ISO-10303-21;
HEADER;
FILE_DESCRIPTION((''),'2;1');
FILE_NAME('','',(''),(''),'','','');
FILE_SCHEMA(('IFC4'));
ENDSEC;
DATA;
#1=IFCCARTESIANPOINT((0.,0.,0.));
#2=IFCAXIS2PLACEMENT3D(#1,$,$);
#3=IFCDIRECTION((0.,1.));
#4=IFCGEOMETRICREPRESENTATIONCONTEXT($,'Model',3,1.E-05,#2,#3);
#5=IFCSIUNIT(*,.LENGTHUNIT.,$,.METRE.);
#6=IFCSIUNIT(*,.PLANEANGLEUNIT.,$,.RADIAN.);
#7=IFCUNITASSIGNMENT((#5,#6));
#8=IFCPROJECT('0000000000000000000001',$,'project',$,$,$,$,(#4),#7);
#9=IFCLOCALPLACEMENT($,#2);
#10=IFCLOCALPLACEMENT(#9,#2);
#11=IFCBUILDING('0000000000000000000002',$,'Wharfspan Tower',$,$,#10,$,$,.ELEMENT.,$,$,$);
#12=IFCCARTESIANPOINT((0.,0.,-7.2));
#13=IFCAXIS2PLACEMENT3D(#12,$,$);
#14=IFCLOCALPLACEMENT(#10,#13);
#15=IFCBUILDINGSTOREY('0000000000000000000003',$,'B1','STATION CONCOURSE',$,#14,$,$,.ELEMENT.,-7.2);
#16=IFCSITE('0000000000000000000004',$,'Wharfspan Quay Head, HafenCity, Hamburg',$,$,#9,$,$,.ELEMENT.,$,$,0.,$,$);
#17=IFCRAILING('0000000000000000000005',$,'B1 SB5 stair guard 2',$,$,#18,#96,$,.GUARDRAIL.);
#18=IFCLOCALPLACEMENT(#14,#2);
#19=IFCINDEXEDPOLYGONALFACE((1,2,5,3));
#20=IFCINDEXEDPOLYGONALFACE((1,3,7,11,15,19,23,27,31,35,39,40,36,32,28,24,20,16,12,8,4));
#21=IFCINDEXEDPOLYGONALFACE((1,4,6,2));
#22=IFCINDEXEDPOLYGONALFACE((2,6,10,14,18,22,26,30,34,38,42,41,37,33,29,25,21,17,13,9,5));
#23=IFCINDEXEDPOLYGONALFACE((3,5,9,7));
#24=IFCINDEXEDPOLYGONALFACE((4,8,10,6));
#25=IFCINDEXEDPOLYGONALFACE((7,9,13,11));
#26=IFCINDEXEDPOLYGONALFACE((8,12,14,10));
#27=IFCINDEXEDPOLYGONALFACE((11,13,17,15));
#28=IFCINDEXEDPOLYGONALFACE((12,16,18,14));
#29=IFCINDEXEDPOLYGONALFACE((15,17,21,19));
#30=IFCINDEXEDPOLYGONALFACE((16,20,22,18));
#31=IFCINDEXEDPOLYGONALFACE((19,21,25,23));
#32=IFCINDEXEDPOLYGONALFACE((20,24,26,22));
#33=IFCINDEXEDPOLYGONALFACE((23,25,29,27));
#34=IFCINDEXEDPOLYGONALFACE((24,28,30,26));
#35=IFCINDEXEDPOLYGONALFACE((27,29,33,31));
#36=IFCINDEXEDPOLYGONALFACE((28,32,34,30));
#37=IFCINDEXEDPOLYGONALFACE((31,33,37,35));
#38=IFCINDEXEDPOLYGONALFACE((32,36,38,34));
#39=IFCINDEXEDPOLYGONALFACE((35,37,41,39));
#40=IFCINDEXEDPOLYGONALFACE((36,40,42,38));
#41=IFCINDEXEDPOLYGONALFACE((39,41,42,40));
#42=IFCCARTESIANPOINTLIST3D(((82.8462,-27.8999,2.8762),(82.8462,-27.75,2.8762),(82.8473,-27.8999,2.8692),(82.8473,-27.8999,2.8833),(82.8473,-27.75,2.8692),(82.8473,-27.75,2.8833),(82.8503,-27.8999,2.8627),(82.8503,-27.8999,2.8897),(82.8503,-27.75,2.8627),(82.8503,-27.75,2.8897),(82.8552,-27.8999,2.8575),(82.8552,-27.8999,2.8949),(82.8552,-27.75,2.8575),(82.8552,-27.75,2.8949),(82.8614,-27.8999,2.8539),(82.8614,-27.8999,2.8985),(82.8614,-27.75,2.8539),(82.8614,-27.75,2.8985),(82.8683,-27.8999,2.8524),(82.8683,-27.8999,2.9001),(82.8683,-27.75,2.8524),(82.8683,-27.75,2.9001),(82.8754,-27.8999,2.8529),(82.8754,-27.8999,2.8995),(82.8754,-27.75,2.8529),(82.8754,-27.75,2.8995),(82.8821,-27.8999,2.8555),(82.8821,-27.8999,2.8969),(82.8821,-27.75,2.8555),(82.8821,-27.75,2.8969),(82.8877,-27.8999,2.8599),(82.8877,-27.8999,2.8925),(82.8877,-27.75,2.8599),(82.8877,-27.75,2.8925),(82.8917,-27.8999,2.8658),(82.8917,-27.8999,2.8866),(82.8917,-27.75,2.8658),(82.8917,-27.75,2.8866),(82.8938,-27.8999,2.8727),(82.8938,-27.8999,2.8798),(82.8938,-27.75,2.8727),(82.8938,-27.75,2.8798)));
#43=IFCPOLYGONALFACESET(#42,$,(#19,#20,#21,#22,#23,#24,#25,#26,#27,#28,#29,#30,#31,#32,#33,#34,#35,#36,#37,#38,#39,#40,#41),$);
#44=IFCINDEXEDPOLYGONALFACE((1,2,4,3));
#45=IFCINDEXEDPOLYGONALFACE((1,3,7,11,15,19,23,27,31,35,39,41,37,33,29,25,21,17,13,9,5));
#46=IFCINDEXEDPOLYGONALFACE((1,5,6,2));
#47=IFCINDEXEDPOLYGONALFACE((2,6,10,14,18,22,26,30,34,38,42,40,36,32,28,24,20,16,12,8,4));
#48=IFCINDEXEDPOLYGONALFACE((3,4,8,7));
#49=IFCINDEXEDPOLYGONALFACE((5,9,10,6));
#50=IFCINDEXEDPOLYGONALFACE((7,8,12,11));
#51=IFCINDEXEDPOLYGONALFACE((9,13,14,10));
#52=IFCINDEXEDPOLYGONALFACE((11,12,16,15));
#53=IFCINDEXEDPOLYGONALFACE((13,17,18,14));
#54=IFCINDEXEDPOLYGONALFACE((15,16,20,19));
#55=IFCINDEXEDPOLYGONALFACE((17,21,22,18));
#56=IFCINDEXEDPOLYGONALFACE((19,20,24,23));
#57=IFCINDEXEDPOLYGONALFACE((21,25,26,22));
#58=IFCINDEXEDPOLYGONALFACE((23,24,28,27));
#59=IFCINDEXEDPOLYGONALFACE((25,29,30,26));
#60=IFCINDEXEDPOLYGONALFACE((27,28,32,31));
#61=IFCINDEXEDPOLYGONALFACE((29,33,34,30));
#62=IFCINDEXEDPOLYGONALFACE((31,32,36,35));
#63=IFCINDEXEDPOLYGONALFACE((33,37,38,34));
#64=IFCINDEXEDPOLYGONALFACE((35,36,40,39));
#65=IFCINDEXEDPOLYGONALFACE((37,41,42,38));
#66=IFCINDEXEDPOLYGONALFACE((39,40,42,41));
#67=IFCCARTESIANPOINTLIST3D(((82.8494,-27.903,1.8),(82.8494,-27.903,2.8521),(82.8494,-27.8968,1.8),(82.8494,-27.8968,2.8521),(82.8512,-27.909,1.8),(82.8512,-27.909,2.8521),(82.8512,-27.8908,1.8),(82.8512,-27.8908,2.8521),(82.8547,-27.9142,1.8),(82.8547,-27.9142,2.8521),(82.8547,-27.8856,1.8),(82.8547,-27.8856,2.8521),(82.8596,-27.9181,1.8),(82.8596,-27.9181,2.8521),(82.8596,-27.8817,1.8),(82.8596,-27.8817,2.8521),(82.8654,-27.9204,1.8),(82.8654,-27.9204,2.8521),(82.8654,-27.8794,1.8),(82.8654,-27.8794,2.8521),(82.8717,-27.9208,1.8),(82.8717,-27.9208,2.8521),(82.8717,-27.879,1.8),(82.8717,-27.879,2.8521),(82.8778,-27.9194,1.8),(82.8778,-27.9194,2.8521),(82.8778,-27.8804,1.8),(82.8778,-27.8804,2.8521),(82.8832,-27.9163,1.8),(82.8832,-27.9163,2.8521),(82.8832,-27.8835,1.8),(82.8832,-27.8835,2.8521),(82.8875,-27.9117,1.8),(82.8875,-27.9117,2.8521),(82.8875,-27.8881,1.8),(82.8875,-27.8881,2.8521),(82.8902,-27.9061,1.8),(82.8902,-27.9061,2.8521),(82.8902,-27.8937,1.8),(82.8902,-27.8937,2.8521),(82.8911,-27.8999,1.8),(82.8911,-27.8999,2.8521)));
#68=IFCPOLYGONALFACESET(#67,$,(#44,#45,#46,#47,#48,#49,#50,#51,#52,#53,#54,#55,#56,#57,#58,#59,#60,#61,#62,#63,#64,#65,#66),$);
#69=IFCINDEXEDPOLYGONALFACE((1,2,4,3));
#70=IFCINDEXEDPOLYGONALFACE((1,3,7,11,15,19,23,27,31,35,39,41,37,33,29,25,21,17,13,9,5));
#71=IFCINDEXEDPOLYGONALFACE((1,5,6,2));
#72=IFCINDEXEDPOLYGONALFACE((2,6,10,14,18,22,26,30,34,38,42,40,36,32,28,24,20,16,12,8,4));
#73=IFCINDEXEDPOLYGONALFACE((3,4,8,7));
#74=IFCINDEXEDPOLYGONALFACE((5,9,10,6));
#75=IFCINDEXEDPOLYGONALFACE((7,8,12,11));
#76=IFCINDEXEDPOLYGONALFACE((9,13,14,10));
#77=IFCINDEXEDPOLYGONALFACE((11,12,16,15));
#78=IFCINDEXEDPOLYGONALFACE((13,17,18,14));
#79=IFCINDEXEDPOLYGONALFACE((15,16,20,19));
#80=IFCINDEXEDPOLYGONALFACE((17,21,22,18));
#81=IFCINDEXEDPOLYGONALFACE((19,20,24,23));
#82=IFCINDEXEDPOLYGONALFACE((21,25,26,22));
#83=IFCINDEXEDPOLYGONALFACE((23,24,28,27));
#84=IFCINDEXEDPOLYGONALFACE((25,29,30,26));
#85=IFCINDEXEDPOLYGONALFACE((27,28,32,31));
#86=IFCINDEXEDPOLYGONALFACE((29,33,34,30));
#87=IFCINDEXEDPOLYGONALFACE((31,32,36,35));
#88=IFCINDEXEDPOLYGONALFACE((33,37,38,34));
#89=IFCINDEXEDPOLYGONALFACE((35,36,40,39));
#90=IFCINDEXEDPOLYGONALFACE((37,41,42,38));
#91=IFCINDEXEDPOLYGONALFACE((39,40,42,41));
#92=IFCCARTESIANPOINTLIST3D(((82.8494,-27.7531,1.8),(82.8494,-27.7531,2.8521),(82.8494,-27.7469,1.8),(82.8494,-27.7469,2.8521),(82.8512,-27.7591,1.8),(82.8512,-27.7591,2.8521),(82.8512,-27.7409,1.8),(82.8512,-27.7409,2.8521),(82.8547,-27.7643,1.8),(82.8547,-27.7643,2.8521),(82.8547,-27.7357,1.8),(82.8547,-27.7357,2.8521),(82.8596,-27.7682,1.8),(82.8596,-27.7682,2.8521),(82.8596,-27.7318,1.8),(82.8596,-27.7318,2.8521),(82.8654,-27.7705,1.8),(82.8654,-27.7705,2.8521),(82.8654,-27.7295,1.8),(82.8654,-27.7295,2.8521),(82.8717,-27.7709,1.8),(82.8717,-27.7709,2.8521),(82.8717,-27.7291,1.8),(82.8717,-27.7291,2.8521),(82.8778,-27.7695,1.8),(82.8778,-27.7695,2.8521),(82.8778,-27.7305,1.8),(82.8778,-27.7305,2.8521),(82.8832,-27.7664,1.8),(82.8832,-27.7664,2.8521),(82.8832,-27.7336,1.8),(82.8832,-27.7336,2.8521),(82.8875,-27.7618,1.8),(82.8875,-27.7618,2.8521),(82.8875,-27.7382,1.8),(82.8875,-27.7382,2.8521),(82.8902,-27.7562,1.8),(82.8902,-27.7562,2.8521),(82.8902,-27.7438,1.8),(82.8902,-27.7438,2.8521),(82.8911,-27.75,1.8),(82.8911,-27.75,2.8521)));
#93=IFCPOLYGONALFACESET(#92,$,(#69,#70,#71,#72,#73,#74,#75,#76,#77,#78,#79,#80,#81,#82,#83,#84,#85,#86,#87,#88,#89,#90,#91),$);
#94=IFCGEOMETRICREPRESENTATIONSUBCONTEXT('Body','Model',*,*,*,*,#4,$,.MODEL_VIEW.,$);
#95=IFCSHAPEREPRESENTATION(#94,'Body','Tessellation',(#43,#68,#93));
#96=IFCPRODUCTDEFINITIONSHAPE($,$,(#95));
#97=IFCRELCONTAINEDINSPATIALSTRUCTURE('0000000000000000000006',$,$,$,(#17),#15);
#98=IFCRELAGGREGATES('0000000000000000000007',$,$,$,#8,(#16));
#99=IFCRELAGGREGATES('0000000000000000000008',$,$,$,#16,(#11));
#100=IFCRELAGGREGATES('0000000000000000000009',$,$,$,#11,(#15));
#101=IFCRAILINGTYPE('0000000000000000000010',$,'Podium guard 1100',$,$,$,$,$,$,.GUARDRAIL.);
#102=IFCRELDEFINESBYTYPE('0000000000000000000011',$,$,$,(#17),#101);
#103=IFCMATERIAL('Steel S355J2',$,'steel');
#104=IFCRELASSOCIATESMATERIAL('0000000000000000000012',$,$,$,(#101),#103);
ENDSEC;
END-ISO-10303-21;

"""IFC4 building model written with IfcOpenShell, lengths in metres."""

from ifc_helpers import new_model, si_unit, direction, frame, origin, origin_2d, place, context, subcontext, project, spatial, circle, extrude, material, type_object, element, save


model = new_model("IFC4")

# Units and contexts
model_context = context("Model", 3, precision=1e-05, world=origin(), true_north=direction((0.0, 1.0)))
body_context = subcontext(model_context, "Body", "Model", "MODEL_VIEW")
ifc_project = project(units=[si_unit("LENGTHUNIT", "METRE"), si_unit("PLANEANGLEUNIT", "RADIAN")], contexts=[model_context])

# Site, building, storey
site_placement = place(None, origin())
site = spatial("IfcSite", under=ifc_project, at=site_placement, Name="Wharfspan Quay Head, HafenCity, Hamburg", CompositionType="ELEMENT", RefElevation=0.0)
building_placement = place(site_placement, origin())
building = spatial("IfcBuilding", under=site, at=building_placement, Name="Wharfspan Tower", CompositionType="ELEMENT")
storey_placement = place(building_placement, frame((0.0, 0.0, -7.2)))
storey = spatial("IfcBuildingStorey", under=building, at=storey_placement, Name="B1", Description="STATION CONCOURSE", CompositionType="ELEMENT", Elevation=-7.2)

# Railing
ifc_material_1 = material(Name="Steel S355J2", Category="steel")
railing_type_1 = type_object("IfcRailingType", Name="Podium guard 1100", PredefinedType="GUARDRAIL", material=ifc_material_1)
railing_1_placement = place(storey_placement, frame((82.8701, -27.8999, 1.8)))
element("IfcRailing", 1, at=railing_1_placement, inside=storey, type_object=railing_type_1, Name="B1 SB5 stair guard 2", PredefinedType="GUARDRAIL", context=body_context, shape_type="SweptSolid", body=[
    extrude(circle(Radius=0.0239, at=origin_2d()), frame((0.0, 0.0, 1.0762), z_axis=(0.0, 1.0, 0.0), x_axis=(-1.0, 0.0, 0.0)), (0.0, 0.0, 1.0), 0.1499),
    extrude(circle(Radius=0.021, at=origin_2d()), origin(), (0.0, 0.0, 1.0), 1.052),
    extrude(circle(Radius=0.021, at=origin_2d()), frame((0.0, 0.1499, 0.0)), (0.0, 0.0, 1.0), 1.052),
])

save(model, "model.ifc")
